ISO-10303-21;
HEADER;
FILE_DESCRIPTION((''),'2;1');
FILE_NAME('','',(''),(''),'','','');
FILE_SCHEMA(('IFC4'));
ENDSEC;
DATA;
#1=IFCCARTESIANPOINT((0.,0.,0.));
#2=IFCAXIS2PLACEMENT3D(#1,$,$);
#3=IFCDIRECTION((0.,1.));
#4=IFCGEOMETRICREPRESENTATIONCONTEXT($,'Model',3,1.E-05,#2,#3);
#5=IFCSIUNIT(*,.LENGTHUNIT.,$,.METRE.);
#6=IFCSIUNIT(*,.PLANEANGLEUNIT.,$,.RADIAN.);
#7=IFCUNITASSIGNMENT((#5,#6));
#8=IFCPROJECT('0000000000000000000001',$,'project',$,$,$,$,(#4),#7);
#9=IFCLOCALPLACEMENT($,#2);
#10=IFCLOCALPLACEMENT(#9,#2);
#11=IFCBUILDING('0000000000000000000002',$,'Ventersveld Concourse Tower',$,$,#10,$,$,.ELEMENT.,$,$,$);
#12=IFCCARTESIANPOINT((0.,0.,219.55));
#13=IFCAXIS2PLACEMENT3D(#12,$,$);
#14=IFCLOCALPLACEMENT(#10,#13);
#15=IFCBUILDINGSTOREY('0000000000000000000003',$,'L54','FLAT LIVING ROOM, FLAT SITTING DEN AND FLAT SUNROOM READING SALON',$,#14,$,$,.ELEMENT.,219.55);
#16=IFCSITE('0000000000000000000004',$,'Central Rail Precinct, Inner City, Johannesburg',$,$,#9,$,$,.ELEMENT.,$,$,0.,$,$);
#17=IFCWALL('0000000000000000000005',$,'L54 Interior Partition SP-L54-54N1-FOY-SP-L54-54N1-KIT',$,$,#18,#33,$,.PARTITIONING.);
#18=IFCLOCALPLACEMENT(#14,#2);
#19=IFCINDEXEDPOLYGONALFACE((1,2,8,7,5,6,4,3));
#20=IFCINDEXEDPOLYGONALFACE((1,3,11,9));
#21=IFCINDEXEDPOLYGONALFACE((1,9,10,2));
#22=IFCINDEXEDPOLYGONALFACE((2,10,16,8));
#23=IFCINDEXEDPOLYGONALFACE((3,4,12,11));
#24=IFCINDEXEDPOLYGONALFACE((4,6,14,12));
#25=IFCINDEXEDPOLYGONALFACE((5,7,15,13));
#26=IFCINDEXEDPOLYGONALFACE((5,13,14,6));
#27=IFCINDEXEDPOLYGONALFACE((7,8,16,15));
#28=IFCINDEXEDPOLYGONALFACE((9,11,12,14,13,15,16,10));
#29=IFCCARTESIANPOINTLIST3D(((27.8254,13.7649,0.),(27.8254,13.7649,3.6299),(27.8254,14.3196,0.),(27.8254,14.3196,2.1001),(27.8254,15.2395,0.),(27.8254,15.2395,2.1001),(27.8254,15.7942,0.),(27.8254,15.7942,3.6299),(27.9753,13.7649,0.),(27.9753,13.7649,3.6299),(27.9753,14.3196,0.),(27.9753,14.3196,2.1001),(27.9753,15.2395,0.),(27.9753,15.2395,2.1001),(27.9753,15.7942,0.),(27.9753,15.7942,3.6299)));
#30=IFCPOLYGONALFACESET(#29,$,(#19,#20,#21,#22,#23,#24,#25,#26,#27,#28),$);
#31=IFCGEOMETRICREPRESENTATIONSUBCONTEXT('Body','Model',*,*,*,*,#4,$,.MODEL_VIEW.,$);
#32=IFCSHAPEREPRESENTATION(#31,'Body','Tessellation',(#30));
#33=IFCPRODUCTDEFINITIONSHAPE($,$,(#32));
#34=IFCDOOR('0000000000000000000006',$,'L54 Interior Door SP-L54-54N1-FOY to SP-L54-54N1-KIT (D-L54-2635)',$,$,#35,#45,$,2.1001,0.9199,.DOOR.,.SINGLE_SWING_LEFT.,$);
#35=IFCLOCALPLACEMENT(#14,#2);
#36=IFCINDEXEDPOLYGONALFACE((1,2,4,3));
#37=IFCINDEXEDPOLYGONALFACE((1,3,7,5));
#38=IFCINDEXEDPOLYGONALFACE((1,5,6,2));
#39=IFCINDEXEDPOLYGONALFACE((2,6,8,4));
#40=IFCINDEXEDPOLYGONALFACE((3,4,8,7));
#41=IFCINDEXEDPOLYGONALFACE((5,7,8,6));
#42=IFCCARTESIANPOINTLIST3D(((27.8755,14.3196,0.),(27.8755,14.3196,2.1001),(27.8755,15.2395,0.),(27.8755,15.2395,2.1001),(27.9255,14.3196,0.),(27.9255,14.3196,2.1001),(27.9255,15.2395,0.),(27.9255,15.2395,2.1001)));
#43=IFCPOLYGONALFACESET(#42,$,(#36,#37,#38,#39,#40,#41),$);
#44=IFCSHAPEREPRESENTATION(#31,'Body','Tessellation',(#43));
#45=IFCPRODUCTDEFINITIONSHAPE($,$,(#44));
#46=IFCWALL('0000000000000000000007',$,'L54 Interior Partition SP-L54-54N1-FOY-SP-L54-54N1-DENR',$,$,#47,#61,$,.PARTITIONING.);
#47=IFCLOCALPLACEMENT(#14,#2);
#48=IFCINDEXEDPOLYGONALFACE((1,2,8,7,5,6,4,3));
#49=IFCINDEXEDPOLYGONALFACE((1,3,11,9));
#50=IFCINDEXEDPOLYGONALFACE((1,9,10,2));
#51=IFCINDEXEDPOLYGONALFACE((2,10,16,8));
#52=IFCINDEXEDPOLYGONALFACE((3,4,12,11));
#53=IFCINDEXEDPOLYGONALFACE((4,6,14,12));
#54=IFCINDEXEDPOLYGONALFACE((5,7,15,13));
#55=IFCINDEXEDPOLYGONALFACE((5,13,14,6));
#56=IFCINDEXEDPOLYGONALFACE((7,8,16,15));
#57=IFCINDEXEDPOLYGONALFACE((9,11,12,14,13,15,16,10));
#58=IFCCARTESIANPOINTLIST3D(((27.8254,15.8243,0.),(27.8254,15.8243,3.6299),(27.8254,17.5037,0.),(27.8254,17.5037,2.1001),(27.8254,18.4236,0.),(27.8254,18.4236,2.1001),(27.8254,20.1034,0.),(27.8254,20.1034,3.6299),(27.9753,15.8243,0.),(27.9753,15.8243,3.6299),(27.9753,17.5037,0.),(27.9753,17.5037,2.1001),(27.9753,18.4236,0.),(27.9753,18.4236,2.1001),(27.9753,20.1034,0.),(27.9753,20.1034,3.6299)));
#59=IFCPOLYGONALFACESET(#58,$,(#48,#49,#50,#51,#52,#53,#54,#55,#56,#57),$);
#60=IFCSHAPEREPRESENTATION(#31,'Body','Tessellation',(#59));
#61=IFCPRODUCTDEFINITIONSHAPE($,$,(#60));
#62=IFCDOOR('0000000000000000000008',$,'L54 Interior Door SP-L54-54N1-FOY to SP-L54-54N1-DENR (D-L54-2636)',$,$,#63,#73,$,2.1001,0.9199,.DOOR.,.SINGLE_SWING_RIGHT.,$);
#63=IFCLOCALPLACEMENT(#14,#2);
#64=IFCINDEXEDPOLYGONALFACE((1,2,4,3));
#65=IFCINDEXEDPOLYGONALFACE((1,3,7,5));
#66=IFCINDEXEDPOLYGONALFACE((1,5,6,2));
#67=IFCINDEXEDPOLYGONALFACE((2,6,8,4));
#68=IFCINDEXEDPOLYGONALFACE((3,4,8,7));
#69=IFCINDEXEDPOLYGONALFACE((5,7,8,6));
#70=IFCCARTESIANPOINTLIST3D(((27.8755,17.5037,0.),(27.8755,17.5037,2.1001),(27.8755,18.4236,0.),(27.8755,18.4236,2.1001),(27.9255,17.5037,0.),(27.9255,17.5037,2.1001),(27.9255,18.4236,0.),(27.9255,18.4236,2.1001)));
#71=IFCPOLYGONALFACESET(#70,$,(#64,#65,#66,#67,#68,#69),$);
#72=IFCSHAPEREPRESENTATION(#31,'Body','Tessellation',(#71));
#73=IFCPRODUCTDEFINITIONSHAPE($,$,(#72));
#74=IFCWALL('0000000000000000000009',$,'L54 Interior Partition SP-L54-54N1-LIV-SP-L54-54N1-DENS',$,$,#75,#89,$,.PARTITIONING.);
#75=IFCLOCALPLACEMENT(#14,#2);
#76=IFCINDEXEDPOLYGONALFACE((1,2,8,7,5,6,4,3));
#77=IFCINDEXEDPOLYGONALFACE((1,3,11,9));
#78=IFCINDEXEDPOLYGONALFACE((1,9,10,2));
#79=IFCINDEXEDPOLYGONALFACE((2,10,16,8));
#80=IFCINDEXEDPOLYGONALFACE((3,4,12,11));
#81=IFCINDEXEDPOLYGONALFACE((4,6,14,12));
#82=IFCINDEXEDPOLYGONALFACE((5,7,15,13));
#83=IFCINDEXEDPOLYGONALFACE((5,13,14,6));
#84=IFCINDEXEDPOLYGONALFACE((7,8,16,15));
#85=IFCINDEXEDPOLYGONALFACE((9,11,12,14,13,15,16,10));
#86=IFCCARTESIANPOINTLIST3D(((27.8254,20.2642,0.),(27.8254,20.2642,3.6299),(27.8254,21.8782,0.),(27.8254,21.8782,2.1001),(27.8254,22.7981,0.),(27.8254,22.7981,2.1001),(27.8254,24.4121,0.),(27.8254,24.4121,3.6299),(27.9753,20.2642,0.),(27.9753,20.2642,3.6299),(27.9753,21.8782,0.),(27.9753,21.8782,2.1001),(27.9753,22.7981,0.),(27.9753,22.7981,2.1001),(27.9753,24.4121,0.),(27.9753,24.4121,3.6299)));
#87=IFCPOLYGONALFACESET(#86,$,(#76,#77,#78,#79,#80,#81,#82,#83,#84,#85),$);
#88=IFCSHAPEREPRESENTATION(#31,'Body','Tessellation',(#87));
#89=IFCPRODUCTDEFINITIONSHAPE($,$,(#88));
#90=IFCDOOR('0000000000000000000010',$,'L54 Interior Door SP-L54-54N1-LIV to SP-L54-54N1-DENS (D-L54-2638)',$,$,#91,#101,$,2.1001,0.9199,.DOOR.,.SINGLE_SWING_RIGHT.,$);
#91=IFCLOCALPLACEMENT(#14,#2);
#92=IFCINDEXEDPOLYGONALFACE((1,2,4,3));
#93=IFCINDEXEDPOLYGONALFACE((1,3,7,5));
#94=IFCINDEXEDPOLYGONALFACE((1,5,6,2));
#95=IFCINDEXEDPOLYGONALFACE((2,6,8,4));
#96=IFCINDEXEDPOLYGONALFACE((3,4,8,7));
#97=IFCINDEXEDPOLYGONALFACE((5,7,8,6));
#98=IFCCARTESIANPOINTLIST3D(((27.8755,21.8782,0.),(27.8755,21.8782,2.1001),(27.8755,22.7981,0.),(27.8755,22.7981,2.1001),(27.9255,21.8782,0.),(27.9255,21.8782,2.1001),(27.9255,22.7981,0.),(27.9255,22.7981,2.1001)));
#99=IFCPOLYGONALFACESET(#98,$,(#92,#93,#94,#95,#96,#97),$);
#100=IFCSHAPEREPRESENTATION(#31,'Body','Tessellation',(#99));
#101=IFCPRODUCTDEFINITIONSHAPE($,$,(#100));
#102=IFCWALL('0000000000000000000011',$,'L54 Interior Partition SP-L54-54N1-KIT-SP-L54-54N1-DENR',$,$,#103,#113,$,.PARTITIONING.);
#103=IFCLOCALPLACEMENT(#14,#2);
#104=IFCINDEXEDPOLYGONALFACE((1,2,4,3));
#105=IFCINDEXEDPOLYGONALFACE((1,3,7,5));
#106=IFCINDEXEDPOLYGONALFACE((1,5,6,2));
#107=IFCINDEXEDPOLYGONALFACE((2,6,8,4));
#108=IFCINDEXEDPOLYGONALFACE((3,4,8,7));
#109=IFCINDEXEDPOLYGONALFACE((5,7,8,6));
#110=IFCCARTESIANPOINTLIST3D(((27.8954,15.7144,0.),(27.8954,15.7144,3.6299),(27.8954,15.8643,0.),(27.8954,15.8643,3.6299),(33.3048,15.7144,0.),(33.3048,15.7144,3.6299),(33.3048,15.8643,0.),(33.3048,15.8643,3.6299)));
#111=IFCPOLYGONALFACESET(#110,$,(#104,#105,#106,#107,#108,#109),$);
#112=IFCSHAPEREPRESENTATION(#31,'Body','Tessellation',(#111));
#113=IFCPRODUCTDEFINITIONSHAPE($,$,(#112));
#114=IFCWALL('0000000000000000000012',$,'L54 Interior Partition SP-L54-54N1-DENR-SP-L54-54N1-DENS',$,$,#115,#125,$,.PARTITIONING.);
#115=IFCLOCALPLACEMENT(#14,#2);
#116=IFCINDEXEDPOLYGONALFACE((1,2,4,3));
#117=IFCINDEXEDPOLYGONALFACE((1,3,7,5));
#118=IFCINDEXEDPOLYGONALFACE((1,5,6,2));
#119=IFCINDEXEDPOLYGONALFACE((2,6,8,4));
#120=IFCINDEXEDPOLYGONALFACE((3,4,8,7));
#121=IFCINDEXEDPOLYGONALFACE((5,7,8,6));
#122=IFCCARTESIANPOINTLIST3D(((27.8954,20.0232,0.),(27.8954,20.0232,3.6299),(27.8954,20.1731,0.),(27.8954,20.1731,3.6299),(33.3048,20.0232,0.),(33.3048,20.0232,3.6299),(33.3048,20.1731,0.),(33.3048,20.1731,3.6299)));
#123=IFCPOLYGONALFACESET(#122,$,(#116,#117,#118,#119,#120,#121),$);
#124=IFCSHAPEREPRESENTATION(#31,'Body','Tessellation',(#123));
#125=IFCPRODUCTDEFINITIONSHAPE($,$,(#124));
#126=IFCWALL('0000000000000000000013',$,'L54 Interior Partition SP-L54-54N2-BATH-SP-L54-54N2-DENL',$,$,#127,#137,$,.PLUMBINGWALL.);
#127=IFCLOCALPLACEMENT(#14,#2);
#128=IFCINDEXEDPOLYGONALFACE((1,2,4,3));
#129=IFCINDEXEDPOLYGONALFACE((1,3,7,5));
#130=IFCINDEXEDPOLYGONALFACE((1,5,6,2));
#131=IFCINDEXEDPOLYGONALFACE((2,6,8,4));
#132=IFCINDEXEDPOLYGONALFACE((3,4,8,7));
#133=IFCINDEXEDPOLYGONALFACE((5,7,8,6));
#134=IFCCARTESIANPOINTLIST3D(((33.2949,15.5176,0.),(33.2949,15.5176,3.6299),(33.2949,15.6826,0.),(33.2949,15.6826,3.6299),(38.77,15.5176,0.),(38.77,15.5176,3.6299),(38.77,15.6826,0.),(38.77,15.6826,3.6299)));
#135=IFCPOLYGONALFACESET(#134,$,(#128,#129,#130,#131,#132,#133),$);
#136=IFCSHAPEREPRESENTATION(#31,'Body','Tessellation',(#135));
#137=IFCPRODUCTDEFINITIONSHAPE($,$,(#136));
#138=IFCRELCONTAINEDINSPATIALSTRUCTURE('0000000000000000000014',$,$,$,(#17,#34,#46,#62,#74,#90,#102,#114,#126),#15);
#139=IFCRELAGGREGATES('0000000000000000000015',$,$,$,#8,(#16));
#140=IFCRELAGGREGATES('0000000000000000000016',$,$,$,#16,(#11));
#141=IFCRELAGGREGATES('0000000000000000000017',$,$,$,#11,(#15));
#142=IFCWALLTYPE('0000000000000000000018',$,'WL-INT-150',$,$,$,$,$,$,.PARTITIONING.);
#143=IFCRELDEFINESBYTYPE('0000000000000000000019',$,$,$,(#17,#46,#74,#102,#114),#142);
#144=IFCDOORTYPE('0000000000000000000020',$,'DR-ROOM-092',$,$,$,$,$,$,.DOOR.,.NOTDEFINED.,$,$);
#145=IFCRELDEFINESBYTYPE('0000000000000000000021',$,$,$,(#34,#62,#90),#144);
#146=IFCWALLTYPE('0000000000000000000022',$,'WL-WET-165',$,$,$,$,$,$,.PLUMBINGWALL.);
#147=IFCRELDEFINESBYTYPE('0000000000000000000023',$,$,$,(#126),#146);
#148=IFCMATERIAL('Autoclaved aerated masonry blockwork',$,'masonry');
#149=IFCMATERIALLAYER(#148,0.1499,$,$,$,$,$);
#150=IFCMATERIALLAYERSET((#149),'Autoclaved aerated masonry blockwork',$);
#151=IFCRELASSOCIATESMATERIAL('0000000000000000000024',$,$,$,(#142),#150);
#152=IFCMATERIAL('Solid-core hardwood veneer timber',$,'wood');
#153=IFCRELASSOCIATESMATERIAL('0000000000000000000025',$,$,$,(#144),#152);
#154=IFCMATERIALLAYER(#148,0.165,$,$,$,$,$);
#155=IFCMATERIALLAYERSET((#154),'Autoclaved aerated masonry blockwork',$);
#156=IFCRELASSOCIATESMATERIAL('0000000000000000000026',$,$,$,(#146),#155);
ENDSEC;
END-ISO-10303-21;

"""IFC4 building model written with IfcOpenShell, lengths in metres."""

from ifc_helpers import new_model, si_unit, direction, frame, frame_2d, origin, place, context, subcontext, project, spatial, rectangle, extrude, material, layer, layer_set, type_object, element, fill, save


model = new_model("IFC4")

# Units and contexts
model_context = context("Model", 3, precision=1e-05, world=origin(), true_north=direction((0.0, 1.0)))
body_context = subcontext(model_context, "Body", "Model", "MODEL_VIEW")
ifc_project = project(units=[si_unit("LENGTHUNIT", "METRE"), si_unit("PLANEANGLEUNIT", "RADIAN")], contexts=[model_context])

# Site, building, storey
site_placement = place(None, origin())
site = spatial("IfcSite", under=ifc_project, at=site_placement, Name="Central Rail Precinct, Inner City, Johannesburg", CompositionType="ELEMENT", RefElevation=0.0)
building_placement = place(site_placement, origin())
building = spatial("IfcBuilding", under=site, at=building_placement, Name="Ventersveld Concourse Tower", CompositionType="ELEMENT")
storey_placement = place(building_placement, frame((0.0, 0.0, 219.55)))
storey = spatial("IfcBuildingStorey", under=building, at=storey_placement, Name="L54", Description="FLAT LIVING ROOM, FLAT SITTING DEN AND FLAT SUNROOM READING SALON", CompositionType="ELEMENT", Elevation=219.55)

# Walls, openings, doors
ifc_material_1 = material(Name="Autoclaved aerated masonry blockwork", Category="masonry")
ifc_layer_1 = layer(ifc_material_1, 0.1499)
ifc_layer_set_1 = layer_set([ifc_layer_1], Name="Autoclaved aerated masonry blockwork")
wall_type_1 = type_object("IfcWallType", Name="WL-INT-150", PredefinedType="PARTITIONING", material=ifc_layer_set_1)
wall_1_placement = place(storey_placement, frame((27.9004, 13.7649, 0.0), z_axis=(0.0, 0.0, 1.0), x_axis=(0.0, 1.0, 0.0)))
wall_1 = element("IfcWall", 1, at=wall_1_placement, inside=storey, type_object=wall_type_1, Name="L54 Interior Partition SP-L54-54N1-FOY-SP-L54-54N1-KIT", PredefinedType="PARTITIONING", context=body_context, shape_type="SweptSolid", body=[
    extrude(rectangle(XDim=2.0293, YDim=0.1499, at=frame_2d((1.0146, 0.0))), origin(), (0.0, 0.0, 1.0), 3.6299),
])
opening_1_placement = place(wall_1_placement, frame((0.5547, 0.0, 0.0)))
opening_1 = element("IfcOpeningElement", 2, at=opening_1_placement, cuts=wall_1, PredefinedType="OPENING", context=body_context, shape_type="SweptSolid", body=[
    extrude(rectangle(XDim=0.9199, YDim=2.1001, at=frame_2d((0.46, 1.05))), frame((0.0, 0.085, 0.0), z_axis=(0.0, -1.0, 0.0), x_axis=(1.0, 0.0, 0.0)), (0.0, 0.0, 1.0), 0.1699),
])
ifc_material_2 = material(Name="Solid-core hardwood veneer timber", Category="wood")
door_type = type_object("IfcDoorType", Name="DR-ROOM-092", OperationType="NOTDEFINED", PredefinedType="DOOR", material=ifc_material_2)
door_1_placement = place(opening_1_placement, origin())
door_1 = element("IfcDoor", 3, at=door_1_placement, inside=storey, type_object=door_type, Name="L54 Interior Door SP-L54-54N1-FOY to SP-L54-54N1-KIT (D-L54-2635)", OperationType="SINGLE_SWING_LEFT", OverallHeight=2.1001, OverallWidth=0.9199, PredefinedType="DOOR", context=body_context, shape_type="SweptSolid", body=[
    extrude(rectangle(XDim=0.9199, YDim=2.1001, at=frame_2d((0.46, 1.05))), frame((0.0, 0.0249, 0.0), z_axis=(0.0, -1.0, 0.0), x_axis=(1.0, 0.0, 0.0)), (0.0, 0.0, 1.0), 0.05),
])
fill(opening_1, door_1)
wall_2_placement = place(storey_placement, frame((27.9004, 15.8242, 0.0), z_axis=(0.0, 0.0, 1.0), x_axis=(0.0, 1.0, 0.0)))
wall_2 = element("IfcWall", 4, at=wall_2_placement, inside=storey, type_object=wall_type_1, Name="L54 Interior Partition SP-L54-54N1-FOY-SP-L54-54N1-DENR", PredefinedType="PARTITIONING", context=body_context, shape_type="SweptSolid", body=[
    extrude(rectangle(XDim=4.2791, YDim=0.1499, at=frame_2d((2.1396, 0.0))), origin(), (0.0, 0.0, 1.0), 3.6299),
])
opening_2_placement = place(wall_2_placement, frame((1.6794, 0.0, 0.0)))
opening_2 = element("IfcOpeningElement", 5, at=opening_2_placement, cuts=wall_2, PredefinedType="OPENING", context=body_context, shape_type="SweptSolid", body=[
    extrude(rectangle(XDim=0.9199, YDim=2.1001, at=frame_2d((0.46, 1.05))), frame((0.0, 0.085, 0.0), z_axis=(0.0, -1.0, 0.0), x_axis=(1.0, 0.0, 0.0)), (0.0, 0.0, 1.0), 0.1699),
])
door_2_placement = place(opening_2_placement, origin())
door_2 = element("IfcDoor", 6, at=door_2_placement, inside=storey, type_object=door_type, Name="L54 Interior Door SP-L54-54N1-FOY to SP-L54-54N1-DENR (D-L54-2636)", OperationType="SINGLE_SWING_RIGHT", OverallHeight=2.1001, OverallWidth=0.9199, PredefinedType="DOOR", context=body_context, shape_type="SweptSolid", body=[
    extrude(rectangle(XDim=0.9199, YDim=2.1001, at=frame_2d((0.46, 1.05))), frame((0.0, 0.0249, 0.0), z_axis=(0.0, -1.0, 0.0), x_axis=(1.0, 0.0, 0.0)), (0.0, 0.0, 1.0), 0.05),
])
fill(opening_2, door_2)
wall_3_placement = place(storey_placement, frame((27.9004, 20.2642, 0.0), z_axis=(0.0, 0.0, 1.0), x_axis=(0.0, 1.0, 0.0)))
wall_3 = element("IfcWall", 7, at=wall_3_placement, inside=storey, type_object=wall_type_1, Name="L54 Interior Partition SP-L54-54N1-LIV-SP-L54-54N1-DENS", PredefinedType="PARTITIONING", context=body_context, shape_type="SweptSolid", body=[
    extrude(rectangle(XDim=4.1479, YDim=0.1499, at=frame_2d((2.074, 0.0))), origin(), (0.0, 0.0, 1.0), 3.6299),
])
opening_3_placement = place(wall_3_placement, frame((1.614, 0.0, 0.0)))
opening_3 = element("IfcOpeningElement", 8, at=opening_3_placement, cuts=wall_3, PredefinedType="OPENING", context=body_context, shape_type="SweptSolid", body=[
    extrude(rectangle(XDim=0.9199, YDim=2.1001, at=frame_2d((0.46, 1.05))), frame((0.0, 0.085, 0.0), z_axis=(0.0, -1.0, 0.0), x_axis=(1.0, 0.0, 0.0)), (0.0, 0.0, 1.0), 0.1699),
])
door_3_placement = place(opening_3_placement, origin())
door_3 = element("IfcDoor", 9, at=door_3_placement, inside=storey, type_object=door_type, Name="L54 Interior Door SP-L54-54N1-LIV to SP-L54-54N1-DENS (D-L54-2638)", OperationType="SINGLE_SWING_RIGHT", OverallHeight=2.1001, OverallWidth=0.9199, PredefinedType="DOOR", context=body_context, shape_type="SweptSolid", body=[
    extrude(rectangle(XDim=0.9199, YDim=2.1001, at=frame_2d((0.46, 1.05))), frame((0.0, 0.0249, 0.0), z_axis=(0.0, -1.0, 0.0), x_axis=(1.0, 0.0, 0.0)), (0.0, 0.0, 1.0), 0.05),
])
fill(opening_3, door_3)

# Walls
for number, where, z_axis, x_axis, name in (
    (10, (27.8955, 15.7893, 0.0), (0.0, 0.0, 1.0), (1.0, 0.0, 0.0), "L54 Interior Partition SP-L54-54N1-KIT-SP-L54-54N1-DENR"),
    (11, (27.8955, 20.0981, 0.0), (0.0, 0.0, 1.0), (1.0, 0.0, 0.0), "L54 Interior Partition SP-L54-54N1-DENR-SP-L54-54N1-DENS"),
):
    element("IfcWall", number, at=place(storey_placement, frame(where, z_axis=z_axis, x_axis=x_axis)), inside=storey, type_object=wall_type_1, Name=name, PredefinedType="PARTITIONING", context=body_context, shape_type="SweptSolid", body=[
        extrude(rectangle(XDim=5.4094, YDim=0.1499, at=frame_2d((2.7046, 0.0))), origin(), (0.0, 0.0, 1.0), 3.6299),
    ])
ifc_layer_2 = layer(ifc_material_1, 0.165)
ifc_layer_set_2 = layer_set([ifc_layer_2], Name="Autoclaved aerated masonry blockwork")
wall_type_2 = type_object("IfcWallType", Name="WL-WET-165", PredefinedType="PLUMBINGWALL", material=ifc_layer_set_2)
wall_4_placement = place(storey_placement, frame((33.2949, 15.6001, 0.0), z_axis=(0.0, 0.0, 1.0), x_axis=(1.0, 0.0, 0.0)))
element("IfcWall", 12, at=wall_4_placement, inside=storey, type_object=wall_type_2, Name="L54 Interior Partition SP-L54-54N2-BATH-SP-L54-54N2-DENL", PredefinedType="PLUMBINGWALL", context=body_context, shape_type="SweptSolid", body=[
    extrude(rectangle(XDim=5.4751, YDim=0.165, at=frame_2d((2.7375, 0.0))), origin(), (0.0, 0.0, 1.0), 3.6299),
])

save(model, "model.ifc")
